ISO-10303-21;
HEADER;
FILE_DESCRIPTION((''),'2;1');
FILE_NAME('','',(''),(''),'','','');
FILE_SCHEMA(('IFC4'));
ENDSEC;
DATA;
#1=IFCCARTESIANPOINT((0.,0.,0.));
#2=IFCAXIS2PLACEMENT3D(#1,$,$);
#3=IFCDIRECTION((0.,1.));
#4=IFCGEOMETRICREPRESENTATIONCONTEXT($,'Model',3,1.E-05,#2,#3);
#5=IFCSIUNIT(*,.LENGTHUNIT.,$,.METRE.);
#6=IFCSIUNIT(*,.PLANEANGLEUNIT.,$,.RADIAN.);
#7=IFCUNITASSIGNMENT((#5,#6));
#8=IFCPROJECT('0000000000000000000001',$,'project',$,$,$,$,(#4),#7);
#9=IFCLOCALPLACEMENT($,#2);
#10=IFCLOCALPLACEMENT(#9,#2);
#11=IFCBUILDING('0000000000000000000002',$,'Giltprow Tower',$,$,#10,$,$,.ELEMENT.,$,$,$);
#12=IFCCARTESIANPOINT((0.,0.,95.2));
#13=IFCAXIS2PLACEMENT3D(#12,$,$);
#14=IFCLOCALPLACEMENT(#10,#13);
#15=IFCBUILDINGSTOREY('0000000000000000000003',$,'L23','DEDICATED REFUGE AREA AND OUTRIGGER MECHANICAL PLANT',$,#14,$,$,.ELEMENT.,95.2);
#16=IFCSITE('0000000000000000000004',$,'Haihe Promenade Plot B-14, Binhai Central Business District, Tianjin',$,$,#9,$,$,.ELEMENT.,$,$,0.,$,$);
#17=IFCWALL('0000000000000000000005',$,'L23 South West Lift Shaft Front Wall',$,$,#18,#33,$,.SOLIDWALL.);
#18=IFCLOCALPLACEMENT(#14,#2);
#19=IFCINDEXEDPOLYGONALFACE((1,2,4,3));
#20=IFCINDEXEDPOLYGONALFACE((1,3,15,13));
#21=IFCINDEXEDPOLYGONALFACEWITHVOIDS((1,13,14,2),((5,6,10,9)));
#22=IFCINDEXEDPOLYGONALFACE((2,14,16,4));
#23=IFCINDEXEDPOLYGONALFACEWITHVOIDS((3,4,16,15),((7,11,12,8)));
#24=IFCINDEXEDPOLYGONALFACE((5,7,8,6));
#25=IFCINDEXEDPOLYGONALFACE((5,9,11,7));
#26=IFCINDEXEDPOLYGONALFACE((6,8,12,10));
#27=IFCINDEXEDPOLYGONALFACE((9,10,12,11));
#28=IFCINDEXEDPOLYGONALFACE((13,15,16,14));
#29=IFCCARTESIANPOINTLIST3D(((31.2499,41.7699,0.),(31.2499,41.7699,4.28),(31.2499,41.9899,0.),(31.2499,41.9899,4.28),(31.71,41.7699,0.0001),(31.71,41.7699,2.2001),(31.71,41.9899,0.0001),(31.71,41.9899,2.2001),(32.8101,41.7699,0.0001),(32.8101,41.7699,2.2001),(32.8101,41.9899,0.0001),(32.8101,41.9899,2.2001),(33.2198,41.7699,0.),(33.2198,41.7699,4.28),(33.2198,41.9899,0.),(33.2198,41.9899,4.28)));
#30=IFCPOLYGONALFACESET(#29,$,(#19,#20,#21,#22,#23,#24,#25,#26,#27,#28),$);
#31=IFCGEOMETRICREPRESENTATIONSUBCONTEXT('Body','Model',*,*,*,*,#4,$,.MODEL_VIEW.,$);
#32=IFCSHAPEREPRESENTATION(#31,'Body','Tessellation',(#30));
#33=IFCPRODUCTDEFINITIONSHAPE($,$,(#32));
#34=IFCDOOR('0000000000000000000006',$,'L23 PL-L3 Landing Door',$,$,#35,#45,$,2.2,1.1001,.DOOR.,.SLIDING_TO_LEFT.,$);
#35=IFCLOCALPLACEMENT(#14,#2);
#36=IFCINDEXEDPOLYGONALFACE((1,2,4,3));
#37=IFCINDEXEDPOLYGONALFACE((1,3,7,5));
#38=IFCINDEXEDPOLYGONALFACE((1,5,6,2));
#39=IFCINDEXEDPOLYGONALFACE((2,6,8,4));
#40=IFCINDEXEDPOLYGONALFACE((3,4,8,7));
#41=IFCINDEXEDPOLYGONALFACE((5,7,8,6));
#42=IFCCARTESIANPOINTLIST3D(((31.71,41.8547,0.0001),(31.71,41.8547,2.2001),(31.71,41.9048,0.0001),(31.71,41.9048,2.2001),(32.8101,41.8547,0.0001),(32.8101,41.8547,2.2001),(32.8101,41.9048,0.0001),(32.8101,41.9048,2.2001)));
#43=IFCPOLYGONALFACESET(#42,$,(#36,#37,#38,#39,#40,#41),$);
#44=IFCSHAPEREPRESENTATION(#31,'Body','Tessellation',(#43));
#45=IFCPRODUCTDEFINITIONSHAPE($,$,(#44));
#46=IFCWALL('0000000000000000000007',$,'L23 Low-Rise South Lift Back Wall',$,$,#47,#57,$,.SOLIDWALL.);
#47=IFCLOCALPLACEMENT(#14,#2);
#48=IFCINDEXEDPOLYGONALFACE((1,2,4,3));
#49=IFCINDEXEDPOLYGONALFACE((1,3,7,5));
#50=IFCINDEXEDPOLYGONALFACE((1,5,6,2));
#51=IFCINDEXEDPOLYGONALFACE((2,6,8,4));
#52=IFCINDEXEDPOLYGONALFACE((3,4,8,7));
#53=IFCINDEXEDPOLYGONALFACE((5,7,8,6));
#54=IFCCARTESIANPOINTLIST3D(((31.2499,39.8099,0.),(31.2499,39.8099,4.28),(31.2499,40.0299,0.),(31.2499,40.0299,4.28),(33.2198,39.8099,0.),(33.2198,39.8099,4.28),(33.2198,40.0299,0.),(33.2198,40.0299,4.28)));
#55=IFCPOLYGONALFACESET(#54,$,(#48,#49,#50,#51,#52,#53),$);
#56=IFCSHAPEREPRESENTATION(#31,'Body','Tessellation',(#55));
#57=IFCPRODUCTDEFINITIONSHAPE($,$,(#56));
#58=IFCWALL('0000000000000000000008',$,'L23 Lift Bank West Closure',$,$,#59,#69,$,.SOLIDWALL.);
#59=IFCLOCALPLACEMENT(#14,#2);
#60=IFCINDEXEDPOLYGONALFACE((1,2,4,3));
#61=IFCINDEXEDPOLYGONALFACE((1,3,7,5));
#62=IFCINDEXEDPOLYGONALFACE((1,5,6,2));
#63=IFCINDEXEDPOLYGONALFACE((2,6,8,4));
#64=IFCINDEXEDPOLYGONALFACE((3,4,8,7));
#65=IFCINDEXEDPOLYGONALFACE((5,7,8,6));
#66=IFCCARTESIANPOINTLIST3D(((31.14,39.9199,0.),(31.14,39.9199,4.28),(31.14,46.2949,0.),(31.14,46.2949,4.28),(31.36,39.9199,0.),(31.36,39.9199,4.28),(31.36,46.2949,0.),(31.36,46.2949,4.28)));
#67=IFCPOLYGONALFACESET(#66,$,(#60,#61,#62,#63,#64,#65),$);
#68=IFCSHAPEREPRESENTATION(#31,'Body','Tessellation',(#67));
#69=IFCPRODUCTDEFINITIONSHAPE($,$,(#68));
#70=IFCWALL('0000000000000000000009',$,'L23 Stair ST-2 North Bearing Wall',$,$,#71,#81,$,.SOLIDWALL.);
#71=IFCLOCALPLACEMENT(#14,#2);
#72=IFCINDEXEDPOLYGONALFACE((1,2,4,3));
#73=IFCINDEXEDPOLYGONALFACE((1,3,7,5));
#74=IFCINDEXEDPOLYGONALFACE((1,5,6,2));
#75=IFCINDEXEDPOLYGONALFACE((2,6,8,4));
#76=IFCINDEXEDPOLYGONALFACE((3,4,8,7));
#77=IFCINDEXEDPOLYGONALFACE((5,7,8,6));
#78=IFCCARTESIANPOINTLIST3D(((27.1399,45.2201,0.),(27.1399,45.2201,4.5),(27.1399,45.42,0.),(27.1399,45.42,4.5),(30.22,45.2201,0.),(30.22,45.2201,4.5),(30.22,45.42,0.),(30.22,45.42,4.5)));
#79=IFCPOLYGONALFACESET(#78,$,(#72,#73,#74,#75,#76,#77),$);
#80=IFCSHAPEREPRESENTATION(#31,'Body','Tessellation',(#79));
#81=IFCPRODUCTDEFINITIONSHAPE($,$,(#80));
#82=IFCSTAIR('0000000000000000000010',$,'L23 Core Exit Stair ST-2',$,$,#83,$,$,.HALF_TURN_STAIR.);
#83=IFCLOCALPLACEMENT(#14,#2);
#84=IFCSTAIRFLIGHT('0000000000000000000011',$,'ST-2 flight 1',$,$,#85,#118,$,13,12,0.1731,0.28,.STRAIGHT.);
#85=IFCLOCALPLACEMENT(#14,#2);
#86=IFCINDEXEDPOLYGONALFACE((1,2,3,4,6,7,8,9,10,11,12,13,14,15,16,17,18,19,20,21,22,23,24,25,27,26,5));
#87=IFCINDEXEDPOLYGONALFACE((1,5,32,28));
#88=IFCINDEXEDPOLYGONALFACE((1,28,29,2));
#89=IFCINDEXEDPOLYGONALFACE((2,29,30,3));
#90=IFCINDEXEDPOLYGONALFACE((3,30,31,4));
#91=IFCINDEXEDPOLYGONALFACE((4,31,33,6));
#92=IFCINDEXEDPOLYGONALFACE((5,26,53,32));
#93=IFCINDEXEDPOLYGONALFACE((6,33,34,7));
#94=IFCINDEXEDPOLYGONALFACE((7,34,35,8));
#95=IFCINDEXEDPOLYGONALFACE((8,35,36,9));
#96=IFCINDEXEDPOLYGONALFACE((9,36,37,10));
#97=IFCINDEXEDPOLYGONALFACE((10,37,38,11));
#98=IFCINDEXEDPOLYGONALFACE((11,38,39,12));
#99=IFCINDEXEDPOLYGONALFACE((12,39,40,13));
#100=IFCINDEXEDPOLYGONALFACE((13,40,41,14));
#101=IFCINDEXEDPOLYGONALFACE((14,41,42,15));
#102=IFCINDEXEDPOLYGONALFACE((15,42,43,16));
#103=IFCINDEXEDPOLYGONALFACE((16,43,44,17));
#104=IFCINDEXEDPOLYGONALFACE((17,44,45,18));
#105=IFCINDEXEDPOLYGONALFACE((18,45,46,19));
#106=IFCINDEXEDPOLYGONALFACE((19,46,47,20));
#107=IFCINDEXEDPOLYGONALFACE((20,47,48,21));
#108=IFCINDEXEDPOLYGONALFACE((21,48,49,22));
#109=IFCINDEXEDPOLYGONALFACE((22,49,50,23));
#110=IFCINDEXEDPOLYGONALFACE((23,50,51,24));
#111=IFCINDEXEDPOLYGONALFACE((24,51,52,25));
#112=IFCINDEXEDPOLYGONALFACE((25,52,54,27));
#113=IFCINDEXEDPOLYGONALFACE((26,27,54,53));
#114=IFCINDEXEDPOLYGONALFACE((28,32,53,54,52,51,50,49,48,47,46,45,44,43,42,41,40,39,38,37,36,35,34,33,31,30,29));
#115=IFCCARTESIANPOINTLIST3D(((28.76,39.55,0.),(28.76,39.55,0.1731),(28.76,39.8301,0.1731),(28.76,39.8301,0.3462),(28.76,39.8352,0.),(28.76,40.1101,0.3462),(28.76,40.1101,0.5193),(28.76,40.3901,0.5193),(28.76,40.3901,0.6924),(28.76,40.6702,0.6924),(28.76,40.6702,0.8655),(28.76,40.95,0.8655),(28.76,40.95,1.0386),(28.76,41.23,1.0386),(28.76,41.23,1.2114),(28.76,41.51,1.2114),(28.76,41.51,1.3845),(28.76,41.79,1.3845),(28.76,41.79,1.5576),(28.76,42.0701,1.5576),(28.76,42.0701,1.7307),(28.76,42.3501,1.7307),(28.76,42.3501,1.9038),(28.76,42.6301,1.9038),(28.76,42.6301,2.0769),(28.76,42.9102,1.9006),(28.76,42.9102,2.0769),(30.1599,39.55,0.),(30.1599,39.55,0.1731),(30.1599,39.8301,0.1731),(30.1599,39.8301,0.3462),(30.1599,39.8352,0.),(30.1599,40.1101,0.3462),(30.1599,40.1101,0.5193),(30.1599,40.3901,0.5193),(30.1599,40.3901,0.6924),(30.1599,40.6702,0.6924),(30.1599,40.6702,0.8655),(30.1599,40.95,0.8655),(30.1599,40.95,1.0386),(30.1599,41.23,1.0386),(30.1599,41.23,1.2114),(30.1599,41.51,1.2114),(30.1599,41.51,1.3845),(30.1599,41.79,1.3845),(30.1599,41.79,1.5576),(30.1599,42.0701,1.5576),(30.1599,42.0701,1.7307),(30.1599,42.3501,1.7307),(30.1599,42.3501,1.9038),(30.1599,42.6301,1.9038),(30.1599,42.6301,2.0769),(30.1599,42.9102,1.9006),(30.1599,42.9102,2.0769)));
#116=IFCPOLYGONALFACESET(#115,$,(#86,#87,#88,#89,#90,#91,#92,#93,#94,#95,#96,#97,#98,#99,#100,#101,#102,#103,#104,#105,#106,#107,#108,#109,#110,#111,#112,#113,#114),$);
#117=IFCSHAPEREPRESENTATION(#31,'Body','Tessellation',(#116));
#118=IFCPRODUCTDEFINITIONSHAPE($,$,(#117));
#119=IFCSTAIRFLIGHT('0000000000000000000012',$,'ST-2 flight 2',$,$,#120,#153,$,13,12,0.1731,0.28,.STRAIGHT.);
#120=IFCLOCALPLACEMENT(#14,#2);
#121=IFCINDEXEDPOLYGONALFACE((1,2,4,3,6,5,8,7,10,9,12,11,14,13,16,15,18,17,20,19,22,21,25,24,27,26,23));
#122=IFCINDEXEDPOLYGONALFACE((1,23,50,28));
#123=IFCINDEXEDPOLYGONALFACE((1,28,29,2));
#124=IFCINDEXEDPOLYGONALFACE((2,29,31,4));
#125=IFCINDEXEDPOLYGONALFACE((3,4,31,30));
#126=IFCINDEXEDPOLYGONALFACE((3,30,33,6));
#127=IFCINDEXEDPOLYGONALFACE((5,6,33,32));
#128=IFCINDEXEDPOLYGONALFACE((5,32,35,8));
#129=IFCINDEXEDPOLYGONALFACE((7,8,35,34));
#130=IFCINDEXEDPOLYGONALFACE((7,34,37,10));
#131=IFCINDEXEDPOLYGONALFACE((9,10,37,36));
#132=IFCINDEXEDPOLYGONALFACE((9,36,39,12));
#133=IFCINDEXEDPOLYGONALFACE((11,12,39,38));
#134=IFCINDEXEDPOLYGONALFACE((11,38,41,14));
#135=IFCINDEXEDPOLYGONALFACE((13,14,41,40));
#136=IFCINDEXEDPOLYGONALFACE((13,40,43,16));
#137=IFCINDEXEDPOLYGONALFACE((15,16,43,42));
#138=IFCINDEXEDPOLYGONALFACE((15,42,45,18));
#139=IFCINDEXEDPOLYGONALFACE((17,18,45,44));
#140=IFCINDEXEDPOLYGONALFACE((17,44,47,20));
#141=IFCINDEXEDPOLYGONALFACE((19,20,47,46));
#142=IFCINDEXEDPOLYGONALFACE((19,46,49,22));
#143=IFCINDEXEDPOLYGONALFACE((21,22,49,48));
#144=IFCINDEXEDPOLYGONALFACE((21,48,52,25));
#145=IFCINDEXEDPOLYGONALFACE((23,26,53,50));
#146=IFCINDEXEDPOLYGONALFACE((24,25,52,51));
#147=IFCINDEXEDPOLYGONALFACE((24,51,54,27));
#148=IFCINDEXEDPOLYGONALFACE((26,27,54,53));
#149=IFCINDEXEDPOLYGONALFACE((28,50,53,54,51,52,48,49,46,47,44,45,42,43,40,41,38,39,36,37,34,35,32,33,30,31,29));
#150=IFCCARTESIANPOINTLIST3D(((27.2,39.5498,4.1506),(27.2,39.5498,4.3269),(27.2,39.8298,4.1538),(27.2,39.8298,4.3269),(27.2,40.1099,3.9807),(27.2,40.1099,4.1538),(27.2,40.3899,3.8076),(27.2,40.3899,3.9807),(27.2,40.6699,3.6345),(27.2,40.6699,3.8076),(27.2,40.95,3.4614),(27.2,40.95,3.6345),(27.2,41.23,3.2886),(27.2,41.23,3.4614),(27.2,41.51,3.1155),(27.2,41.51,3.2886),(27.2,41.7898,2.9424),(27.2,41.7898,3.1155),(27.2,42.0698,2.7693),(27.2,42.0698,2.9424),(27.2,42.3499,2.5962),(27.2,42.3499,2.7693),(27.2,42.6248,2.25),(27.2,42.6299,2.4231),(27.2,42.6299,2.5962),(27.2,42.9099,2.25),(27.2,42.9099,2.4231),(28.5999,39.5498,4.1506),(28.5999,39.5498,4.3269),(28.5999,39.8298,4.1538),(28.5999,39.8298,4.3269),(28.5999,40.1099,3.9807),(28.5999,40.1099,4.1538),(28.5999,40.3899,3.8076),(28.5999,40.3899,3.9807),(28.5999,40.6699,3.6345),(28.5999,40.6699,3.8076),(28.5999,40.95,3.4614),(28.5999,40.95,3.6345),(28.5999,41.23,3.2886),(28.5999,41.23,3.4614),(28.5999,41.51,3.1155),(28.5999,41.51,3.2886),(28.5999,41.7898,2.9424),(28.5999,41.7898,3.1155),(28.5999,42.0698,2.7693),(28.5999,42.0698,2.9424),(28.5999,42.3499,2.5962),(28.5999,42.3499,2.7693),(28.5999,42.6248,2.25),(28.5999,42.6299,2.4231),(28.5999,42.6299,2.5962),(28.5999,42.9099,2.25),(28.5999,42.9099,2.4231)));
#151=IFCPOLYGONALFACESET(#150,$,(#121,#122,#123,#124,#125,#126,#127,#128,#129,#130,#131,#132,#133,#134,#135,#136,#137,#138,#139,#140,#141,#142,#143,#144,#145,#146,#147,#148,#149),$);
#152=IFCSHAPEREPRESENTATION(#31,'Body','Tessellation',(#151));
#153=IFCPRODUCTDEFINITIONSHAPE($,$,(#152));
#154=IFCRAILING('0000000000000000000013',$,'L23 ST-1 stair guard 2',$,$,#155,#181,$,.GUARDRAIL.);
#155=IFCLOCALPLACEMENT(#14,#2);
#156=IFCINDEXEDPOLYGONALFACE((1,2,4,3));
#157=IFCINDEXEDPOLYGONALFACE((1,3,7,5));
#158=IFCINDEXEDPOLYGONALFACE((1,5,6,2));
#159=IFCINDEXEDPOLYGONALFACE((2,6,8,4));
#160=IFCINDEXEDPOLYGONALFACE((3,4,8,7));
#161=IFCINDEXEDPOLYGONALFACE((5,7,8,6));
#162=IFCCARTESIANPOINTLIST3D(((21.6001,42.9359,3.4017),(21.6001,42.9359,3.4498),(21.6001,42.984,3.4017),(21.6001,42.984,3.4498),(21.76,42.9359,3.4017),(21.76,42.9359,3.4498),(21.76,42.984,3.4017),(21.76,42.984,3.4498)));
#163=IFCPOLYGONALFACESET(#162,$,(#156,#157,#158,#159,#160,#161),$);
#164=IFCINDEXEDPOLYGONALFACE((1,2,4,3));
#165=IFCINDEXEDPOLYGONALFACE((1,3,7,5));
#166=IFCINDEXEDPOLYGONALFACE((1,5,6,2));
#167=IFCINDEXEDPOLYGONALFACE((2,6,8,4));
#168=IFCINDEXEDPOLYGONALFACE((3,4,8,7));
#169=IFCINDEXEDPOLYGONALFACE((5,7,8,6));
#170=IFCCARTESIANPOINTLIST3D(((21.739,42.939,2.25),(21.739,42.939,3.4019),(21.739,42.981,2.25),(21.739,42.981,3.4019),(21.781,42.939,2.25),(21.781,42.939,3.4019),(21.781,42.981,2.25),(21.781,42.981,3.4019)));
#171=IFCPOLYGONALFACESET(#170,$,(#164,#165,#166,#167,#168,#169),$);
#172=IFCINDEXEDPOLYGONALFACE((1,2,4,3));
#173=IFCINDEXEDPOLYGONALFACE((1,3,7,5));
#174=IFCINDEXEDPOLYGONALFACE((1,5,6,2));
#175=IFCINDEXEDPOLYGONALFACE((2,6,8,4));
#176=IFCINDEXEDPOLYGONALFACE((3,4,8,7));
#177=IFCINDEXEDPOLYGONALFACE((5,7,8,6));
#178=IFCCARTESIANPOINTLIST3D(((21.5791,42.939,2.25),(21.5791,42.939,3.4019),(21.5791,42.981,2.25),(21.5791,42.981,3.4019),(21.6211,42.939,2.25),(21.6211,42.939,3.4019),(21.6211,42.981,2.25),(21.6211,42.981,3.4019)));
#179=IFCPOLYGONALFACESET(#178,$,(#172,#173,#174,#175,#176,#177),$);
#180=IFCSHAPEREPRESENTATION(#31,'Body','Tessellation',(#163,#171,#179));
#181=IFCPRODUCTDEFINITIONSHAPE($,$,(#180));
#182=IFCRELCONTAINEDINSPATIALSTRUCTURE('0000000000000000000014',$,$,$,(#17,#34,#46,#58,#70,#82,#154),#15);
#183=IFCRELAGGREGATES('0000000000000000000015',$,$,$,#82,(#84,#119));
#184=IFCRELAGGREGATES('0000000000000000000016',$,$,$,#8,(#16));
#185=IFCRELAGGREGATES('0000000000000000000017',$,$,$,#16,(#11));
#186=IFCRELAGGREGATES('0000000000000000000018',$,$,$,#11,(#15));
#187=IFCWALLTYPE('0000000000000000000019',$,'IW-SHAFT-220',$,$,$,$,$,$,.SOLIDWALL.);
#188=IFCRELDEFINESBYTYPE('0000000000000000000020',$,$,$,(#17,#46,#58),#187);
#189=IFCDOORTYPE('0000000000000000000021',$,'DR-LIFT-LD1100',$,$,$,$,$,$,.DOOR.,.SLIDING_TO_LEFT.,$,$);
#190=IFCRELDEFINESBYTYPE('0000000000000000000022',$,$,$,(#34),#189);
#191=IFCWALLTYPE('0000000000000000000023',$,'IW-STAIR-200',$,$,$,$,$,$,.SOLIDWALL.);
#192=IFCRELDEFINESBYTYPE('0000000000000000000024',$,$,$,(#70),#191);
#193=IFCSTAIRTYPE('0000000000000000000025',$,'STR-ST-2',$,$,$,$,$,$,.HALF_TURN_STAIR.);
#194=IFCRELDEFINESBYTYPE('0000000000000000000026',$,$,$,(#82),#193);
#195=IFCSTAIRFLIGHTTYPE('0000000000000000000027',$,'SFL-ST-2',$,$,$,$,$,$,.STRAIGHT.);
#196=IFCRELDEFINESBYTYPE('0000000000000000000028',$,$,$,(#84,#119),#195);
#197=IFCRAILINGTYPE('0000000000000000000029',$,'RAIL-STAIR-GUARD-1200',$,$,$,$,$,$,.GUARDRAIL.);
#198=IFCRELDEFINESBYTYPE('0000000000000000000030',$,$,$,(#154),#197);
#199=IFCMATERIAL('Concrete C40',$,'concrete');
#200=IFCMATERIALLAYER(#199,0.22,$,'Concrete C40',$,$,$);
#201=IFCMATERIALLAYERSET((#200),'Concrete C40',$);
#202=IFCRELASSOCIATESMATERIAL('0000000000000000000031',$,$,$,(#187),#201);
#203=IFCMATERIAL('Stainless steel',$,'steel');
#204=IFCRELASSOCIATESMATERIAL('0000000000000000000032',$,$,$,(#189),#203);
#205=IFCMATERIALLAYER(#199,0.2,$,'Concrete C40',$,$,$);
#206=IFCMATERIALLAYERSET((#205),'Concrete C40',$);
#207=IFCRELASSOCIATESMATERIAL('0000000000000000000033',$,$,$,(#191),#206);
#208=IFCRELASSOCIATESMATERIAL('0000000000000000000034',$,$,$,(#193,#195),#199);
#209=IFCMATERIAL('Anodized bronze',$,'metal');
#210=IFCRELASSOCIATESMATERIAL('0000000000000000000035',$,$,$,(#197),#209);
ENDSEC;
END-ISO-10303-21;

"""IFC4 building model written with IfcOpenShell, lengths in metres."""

from ifc_helpers import new_model, si_unit, direction, frame, frame_2d, origin, origin_2d, place, context, subcontext, project, spatial, polyline, rectangle, outline, extrude, source, transform, mapped, material, layer, layer_set, type_object, element, fill, aggregate, save


model = new_model("IFC4")

# Units and contexts
model_context = context("Model", 3, precision=1e-05, world=origin(), true_north=direction((0.0, 1.0)))
body_context = subcontext(model_context, "Body", "Model", "MODEL_VIEW")
ifc_project = project(units=[si_unit("LENGTHUNIT", "METRE"), si_unit("PLANEANGLEUNIT", "RADIAN")], contexts=[model_context])

# Site, building, storey
site_placement = place(None, origin())
site = spatial("IfcSite", under=ifc_project, at=site_placement, Name="Haihe Promenade Plot B-14, Binhai Central Business District, Tianjin", CompositionType="ELEMENT", RefElevation=0.0)
building_placement = place(site_placement, origin())
building = spatial("IfcBuilding", under=site, at=building_placement, Name="Giltprow Tower", CompositionType="ELEMENT")
storey_placement = place(building_placement, frame((0.0, 0.0, 95.2)))
storey = spatial("IfcBuildingStorey", under=building, at=storey_placement, Name="L23", Description="DEDICATED REFUGE AREA AND OUTRIGGER MECHANICAL PLANT", CompositionType="ELEMENT", Elevation=95.2)

# Shared definitions
ifc_material_1 = material(Name="Concrete C40", Category="concrete")
ifc_layer_1 = layer(ifc_material_1, 0.22, Name="Concrete C40")
ifc_layer_set_1 = layer_set([ifc_layer_1], Name="Concrete C40")
wall_type_1 = type_object("IfcWallType", Name="IW-SHAFT-220", PredefinedType="SOLIDWALL", material=ifc_layer_set_1)
ifc_material_2 = material(Name="Stainless steel", Category="steel")
door_type = type_object("IfcDoorType", Name="DR-LIFT-LD1100", OperationType="SLIDING_TO_LEFT", PredefinedType="DOOR", material=ifc_material_2)
shared_shape_1 = source(origin(), body_context, "Body", "SweptSolid", [
    extrude(rectangle(XDim=1.1001, YDim=2.2, at=frame_2d((0.55, 1.1001))), frame((0.0, 0.0249, 0.0), z_axis=(0.0, -1.0, 0.0), x_axis=(1.0, 0.0, 0.0)), (0.0, 0.0, 1.0), 0.05),
])

# Wall, opening, door
wall_1_placement = place(storey_placement, frame((31.25, 41.8799, 0.0), z_axis=(0.0, 0.0, 1.0), x_axis=(1.0, 0.0, 0.0)))
wall_1 = element("IfcWall", 1, at=wall_1_placement, inside=storey, type_object=wall_type_1, Name="L23 South West Lift Shaft Front Wall", PredefinedType="SOLIDWALL", context=body_context, shape_type="SweptSolid", body=[
    extrude(rectangle(XDim=1.97, YDim=0.22, at=frame_2d((0.9849, 0.0))), origin(), (0.0, 0.0, 1.0), 4.28),
])
opening_1_placement = place(wall_1_placement, frame((0.46, 0.0, 0.0)))
opening_1 = element("IfcOpeningElement", 2, at=opening_1_placement, cuts=wall_1, PredefinedType="OPENING", context=body_context, shape_type="SweptSolid", body=[
    extrude(rectangle(XDim=1.1001, YDim=2.2, at=frame_2d((0.55, 1.1001))), frame((0.0, 0.1199, 0.0), z_axis=(0.0, -1.0, 0.0), x_axis=(1.0, 0.0, 0.0)), (0.0, 0.0, 1.0), 0.24),
])
door_1_placement = place(opening_1_placement, origin())
door_1 = element("IfcDoor", 3, at=door_1_placement, inside=storey, type_object=door_type, Name="L23 PL-L3 Landing Door", OperationType="SLIDING_TO_LEFT", OverallHeight=2.2, OverallWidth=1.1001, PredefinedType="DOOR", context=body_context, shape_type="MappedRepresentation", body=[
    mapped(shared_shape_1, transform((0.0, 0.0, 0.0), x_axis=(1.0, 0.0, 0.0), y_axis=(0.0, 1.0, 0.0), z_axis=(0.0, 0.0, 1.0), scale=1.0)),
])
fill(opening_1, door_1)

# Walls
wall_2_placement = place(storey_placement, frame((31.25, 39.9199, 0.0), z_axis=(0.0, 0.0, 1.0), x_axis=(1.0, 0.0, 0.0)))
element("IfcWall", 4, at=wall_2_placement, inside=storey, type_object=wall_type_1, Name="L23 Low-Rise South Lift Back Wall", PredefinedType="SOLIDWALL", context=body_context, shape_type="SweptSolid", body=[
    extrude(rectangle(XDim=1.97, YDim=0.22, at=frame_2d((0.9849, 0.0))), origin(), (0.0, 0.0, 1.0), 4.28),
])
wall_3_placement = place(storey_placement, frame((31.25, 39.9199, 0.0), z_axis=(0.0, 0.0, 1.0), x_axis=(0.0, 1.0, 0.0)))
element("IfcWall", 5, at=wall_3_placement, inside=storey, type_object=wall_type_1, Name="L23 Lift Bank West Closure", PredefinedType="SOLIDWALL", context=body_context, shape_type="SweptSolid", body=[
    extrude(rectangle(XDim=6.375, YDim=0.22, at=frame_2d((3.1875, 0.0))), origin(), (0.0, 0.0, 1.0), 4.28),
])
ifc_layer_2 = layer(ifc_material_1, 0.2, Name="Concrete C40")
ifc_layer_set_2 = layer_set([ifc_layer_2], Name="Concrete C40")
wall_type_2 = type_object("IfcWallType", Name="IW-STAIR-200", PredefinedType="SOLIDWALL", material=ifc_layer_set_2)
wall_4_placement = place(storey_placement, frame((27.1399, 45.3201, 0.0), z_axis=(0.0, 0.0, 1.0), x_axis=(1.0, 0.0, 0.0)))
element("IfcWall", 6, at=wall_4_placement, inside=storey, type_object=wall_type_2, Name="L23 Stair ST-2 North Bearing Wall", PredefinedType="SOLIDWALL", context=body_context, shape_type="SweptSolid", body=[
    extrude(rectangle(XDim=3.0801, YDim=0.2, at=frame_2d((1.54, 0.0))), origin(), (0.0, 0.0, 1.0), 4.5),
])

# Stair, stair flights
stair_type = type_object("IfcStairType", Name="STR-ST-2", PredefinedType="HALF_TURN_STAIR", material=ifc_material_1)
stair_placement = place(storey_placement, origin())
stair = element("IfcStair", 7, at=stair_placement, inside=storey, type_object=stair_type, Name="L23 Core Exit Stair ST-2", PredefinedType="HALF_TURN_STAIR")
stair_flight_type = type_object("IfcStairFlightType", Name="SFL-ST-2", PredefinedType="STRAIGHT", material=ifc_material_1)
stair_flight_1_placement = place(storey_placement, frame((29.46, 39.55, 0.0), z_axis=(0.0, 0.0, 1.0), x_axis=(0.0, 1.0, 0.0)))
stair_flight_1 = element("IfcStairFlight", 8, at=stair_flight_1_placement, type_object=stair_flight_type, Name="ST-2 flight 1", NumberOfRisers=13, NumberOfTreads=12, PredefinedType="STRAIGHT", RiserHeight=0.1731, TreadLength=0.28, context=body_context, shape_type="SweptSolid", body=[
    extrude(outline(polyline([(0.0, 0.0), (0.0, 0.1731), (0.28, 0.1731), (0.28, 0.3462), (0.5601, 0.3462), (0.5601, 0.5193), (0.8401, 0.5193), (0.8401, 0.6924), (1.1201, 0.6924), (1.1201, 0.8655), (1.3999, 0.8655), (1.3999, 1.0386), (1.6799, 1.0386), (1.6799, 1.2114), (1.96, 1.2114), (1.96, 1.3845), (2.24, 1.3845), (2.24, 1.5576), (2.52, 1.5576), (2.52, 1.7307), (2.8, 1.7307), (2.8, 1.9038), (3.0801, 1.9038), (3.0801, 2.0769), (3.3601, 2.0769), (3.3601, 2.25), (3.3601, 1.9006), (0.2852, 0.0), (0.0, 0.0)])), frame((0.0, 0.7, 0.0), z_axis=(0.0, -1.0, 0.0), x_axis=(1.0, 0.0, 0.0)), (0.0, 0.0, 1.0), 1.3999),
])
stair_flight_2_placement = place(storey_placement, frame((27.8999, 42.9099, 2.25), z_axis=(0.0, 0.0, 1.0), x_axis=(0.0, -1.0, 0.0)))
stair_flight_2 = element("IfcStairFlight", 9, at=stair_flight_2_placement, type_object=stair_flight_type, Name="ST-2 flight 2", NumberOfRisers=13, NumberOfTreads=12, PredefinedType="STRAIGHT", RiserHeight=0.1731, TreadLength=0.28, context=body_context, shape_type="SweptSolid", body=[
    extrude(outline(polyline([(0.0, 0.0), (0.0, 0.1731), (0.28, 0.1731), (0.28, 0.3462), (0.5601, 0.3462), (0.5601, 0.5193), (0.8401, 0.5193), (0.8401, 0.6924), (1.1201, 0.6924), (1.1201, 0.8655), (1.3999, 0.8655), (1.3999, 1.0386), (1.6799, 1.0386), (1.6799, 1.2114), (1.96, 1.2114), (1.96, 1.3845), (2.24, 1.3845), (2.24, 1.5576), (2.52, 1.5576), (2.52, 1.7307), (2.8, 1.7307), (2.8, 1.9038), (3.0801, 1.9038), (3.0801, 2.0769), (3.3601, 2.0769), (3.3601, 2.25), (3.3601, 1.9006), (0.2852, 0.0), (0.0, 0.0)])), frame((0.0, 0.7, 0.0), z_axis=(0.0, -1.0, 0.0), x_axis=(1.0, 0.0, 0.0)), (0.0, 0.0, 1.0), 1.3999),
])
aggregate(stair, [stair_flight_1, stair_flight_2])

# Railing
ifc_material_3 = material(Name="Anodized bronze", Category="metal")
railing_type_1 = type_object("IfcRailingType", Name="RAIL-STAIR-GUARD-1200", PredefinedType="GUARDRAIL", material=ifc_material_3)
for number, where, name in (
    (10, (21.76, 42.96, 2.25), "L23 ST-1 stair guard 2"),
):
    element("IfcRailing", number, at=place(storey_placement, frame(where)), inside=storey, type_object=railing_type_1, Name=name, PredefinedType="GUARDRAIL", context=body_context, shape_type="SweptSolid", body=[
        extrude(rectangle(XDim=0.0481, YDim=0.0481, at=origin_2d()), frame((0.0, 0.0, 1.1758), z_axis=(-1.0, 0.0, 0.0), x_axis=(0.0, -1.0, 0.0)), (0.0, 0.0, 1.0), 0.1599),
        extrude(rectangle(XDim=0.042, YDim=0.042, at=origin_2d()), origin(), (0.0, 0.0, 1.0), 1.1519),
        extrude(rectangle(XDim=0.042, YDim=0.042, at=origin_2d()), frame((-0.1599, 0.0, 0.0)), (0.0, 0.0, 1.0), 1.1519),
    ])

save(model, "model.ifc")
